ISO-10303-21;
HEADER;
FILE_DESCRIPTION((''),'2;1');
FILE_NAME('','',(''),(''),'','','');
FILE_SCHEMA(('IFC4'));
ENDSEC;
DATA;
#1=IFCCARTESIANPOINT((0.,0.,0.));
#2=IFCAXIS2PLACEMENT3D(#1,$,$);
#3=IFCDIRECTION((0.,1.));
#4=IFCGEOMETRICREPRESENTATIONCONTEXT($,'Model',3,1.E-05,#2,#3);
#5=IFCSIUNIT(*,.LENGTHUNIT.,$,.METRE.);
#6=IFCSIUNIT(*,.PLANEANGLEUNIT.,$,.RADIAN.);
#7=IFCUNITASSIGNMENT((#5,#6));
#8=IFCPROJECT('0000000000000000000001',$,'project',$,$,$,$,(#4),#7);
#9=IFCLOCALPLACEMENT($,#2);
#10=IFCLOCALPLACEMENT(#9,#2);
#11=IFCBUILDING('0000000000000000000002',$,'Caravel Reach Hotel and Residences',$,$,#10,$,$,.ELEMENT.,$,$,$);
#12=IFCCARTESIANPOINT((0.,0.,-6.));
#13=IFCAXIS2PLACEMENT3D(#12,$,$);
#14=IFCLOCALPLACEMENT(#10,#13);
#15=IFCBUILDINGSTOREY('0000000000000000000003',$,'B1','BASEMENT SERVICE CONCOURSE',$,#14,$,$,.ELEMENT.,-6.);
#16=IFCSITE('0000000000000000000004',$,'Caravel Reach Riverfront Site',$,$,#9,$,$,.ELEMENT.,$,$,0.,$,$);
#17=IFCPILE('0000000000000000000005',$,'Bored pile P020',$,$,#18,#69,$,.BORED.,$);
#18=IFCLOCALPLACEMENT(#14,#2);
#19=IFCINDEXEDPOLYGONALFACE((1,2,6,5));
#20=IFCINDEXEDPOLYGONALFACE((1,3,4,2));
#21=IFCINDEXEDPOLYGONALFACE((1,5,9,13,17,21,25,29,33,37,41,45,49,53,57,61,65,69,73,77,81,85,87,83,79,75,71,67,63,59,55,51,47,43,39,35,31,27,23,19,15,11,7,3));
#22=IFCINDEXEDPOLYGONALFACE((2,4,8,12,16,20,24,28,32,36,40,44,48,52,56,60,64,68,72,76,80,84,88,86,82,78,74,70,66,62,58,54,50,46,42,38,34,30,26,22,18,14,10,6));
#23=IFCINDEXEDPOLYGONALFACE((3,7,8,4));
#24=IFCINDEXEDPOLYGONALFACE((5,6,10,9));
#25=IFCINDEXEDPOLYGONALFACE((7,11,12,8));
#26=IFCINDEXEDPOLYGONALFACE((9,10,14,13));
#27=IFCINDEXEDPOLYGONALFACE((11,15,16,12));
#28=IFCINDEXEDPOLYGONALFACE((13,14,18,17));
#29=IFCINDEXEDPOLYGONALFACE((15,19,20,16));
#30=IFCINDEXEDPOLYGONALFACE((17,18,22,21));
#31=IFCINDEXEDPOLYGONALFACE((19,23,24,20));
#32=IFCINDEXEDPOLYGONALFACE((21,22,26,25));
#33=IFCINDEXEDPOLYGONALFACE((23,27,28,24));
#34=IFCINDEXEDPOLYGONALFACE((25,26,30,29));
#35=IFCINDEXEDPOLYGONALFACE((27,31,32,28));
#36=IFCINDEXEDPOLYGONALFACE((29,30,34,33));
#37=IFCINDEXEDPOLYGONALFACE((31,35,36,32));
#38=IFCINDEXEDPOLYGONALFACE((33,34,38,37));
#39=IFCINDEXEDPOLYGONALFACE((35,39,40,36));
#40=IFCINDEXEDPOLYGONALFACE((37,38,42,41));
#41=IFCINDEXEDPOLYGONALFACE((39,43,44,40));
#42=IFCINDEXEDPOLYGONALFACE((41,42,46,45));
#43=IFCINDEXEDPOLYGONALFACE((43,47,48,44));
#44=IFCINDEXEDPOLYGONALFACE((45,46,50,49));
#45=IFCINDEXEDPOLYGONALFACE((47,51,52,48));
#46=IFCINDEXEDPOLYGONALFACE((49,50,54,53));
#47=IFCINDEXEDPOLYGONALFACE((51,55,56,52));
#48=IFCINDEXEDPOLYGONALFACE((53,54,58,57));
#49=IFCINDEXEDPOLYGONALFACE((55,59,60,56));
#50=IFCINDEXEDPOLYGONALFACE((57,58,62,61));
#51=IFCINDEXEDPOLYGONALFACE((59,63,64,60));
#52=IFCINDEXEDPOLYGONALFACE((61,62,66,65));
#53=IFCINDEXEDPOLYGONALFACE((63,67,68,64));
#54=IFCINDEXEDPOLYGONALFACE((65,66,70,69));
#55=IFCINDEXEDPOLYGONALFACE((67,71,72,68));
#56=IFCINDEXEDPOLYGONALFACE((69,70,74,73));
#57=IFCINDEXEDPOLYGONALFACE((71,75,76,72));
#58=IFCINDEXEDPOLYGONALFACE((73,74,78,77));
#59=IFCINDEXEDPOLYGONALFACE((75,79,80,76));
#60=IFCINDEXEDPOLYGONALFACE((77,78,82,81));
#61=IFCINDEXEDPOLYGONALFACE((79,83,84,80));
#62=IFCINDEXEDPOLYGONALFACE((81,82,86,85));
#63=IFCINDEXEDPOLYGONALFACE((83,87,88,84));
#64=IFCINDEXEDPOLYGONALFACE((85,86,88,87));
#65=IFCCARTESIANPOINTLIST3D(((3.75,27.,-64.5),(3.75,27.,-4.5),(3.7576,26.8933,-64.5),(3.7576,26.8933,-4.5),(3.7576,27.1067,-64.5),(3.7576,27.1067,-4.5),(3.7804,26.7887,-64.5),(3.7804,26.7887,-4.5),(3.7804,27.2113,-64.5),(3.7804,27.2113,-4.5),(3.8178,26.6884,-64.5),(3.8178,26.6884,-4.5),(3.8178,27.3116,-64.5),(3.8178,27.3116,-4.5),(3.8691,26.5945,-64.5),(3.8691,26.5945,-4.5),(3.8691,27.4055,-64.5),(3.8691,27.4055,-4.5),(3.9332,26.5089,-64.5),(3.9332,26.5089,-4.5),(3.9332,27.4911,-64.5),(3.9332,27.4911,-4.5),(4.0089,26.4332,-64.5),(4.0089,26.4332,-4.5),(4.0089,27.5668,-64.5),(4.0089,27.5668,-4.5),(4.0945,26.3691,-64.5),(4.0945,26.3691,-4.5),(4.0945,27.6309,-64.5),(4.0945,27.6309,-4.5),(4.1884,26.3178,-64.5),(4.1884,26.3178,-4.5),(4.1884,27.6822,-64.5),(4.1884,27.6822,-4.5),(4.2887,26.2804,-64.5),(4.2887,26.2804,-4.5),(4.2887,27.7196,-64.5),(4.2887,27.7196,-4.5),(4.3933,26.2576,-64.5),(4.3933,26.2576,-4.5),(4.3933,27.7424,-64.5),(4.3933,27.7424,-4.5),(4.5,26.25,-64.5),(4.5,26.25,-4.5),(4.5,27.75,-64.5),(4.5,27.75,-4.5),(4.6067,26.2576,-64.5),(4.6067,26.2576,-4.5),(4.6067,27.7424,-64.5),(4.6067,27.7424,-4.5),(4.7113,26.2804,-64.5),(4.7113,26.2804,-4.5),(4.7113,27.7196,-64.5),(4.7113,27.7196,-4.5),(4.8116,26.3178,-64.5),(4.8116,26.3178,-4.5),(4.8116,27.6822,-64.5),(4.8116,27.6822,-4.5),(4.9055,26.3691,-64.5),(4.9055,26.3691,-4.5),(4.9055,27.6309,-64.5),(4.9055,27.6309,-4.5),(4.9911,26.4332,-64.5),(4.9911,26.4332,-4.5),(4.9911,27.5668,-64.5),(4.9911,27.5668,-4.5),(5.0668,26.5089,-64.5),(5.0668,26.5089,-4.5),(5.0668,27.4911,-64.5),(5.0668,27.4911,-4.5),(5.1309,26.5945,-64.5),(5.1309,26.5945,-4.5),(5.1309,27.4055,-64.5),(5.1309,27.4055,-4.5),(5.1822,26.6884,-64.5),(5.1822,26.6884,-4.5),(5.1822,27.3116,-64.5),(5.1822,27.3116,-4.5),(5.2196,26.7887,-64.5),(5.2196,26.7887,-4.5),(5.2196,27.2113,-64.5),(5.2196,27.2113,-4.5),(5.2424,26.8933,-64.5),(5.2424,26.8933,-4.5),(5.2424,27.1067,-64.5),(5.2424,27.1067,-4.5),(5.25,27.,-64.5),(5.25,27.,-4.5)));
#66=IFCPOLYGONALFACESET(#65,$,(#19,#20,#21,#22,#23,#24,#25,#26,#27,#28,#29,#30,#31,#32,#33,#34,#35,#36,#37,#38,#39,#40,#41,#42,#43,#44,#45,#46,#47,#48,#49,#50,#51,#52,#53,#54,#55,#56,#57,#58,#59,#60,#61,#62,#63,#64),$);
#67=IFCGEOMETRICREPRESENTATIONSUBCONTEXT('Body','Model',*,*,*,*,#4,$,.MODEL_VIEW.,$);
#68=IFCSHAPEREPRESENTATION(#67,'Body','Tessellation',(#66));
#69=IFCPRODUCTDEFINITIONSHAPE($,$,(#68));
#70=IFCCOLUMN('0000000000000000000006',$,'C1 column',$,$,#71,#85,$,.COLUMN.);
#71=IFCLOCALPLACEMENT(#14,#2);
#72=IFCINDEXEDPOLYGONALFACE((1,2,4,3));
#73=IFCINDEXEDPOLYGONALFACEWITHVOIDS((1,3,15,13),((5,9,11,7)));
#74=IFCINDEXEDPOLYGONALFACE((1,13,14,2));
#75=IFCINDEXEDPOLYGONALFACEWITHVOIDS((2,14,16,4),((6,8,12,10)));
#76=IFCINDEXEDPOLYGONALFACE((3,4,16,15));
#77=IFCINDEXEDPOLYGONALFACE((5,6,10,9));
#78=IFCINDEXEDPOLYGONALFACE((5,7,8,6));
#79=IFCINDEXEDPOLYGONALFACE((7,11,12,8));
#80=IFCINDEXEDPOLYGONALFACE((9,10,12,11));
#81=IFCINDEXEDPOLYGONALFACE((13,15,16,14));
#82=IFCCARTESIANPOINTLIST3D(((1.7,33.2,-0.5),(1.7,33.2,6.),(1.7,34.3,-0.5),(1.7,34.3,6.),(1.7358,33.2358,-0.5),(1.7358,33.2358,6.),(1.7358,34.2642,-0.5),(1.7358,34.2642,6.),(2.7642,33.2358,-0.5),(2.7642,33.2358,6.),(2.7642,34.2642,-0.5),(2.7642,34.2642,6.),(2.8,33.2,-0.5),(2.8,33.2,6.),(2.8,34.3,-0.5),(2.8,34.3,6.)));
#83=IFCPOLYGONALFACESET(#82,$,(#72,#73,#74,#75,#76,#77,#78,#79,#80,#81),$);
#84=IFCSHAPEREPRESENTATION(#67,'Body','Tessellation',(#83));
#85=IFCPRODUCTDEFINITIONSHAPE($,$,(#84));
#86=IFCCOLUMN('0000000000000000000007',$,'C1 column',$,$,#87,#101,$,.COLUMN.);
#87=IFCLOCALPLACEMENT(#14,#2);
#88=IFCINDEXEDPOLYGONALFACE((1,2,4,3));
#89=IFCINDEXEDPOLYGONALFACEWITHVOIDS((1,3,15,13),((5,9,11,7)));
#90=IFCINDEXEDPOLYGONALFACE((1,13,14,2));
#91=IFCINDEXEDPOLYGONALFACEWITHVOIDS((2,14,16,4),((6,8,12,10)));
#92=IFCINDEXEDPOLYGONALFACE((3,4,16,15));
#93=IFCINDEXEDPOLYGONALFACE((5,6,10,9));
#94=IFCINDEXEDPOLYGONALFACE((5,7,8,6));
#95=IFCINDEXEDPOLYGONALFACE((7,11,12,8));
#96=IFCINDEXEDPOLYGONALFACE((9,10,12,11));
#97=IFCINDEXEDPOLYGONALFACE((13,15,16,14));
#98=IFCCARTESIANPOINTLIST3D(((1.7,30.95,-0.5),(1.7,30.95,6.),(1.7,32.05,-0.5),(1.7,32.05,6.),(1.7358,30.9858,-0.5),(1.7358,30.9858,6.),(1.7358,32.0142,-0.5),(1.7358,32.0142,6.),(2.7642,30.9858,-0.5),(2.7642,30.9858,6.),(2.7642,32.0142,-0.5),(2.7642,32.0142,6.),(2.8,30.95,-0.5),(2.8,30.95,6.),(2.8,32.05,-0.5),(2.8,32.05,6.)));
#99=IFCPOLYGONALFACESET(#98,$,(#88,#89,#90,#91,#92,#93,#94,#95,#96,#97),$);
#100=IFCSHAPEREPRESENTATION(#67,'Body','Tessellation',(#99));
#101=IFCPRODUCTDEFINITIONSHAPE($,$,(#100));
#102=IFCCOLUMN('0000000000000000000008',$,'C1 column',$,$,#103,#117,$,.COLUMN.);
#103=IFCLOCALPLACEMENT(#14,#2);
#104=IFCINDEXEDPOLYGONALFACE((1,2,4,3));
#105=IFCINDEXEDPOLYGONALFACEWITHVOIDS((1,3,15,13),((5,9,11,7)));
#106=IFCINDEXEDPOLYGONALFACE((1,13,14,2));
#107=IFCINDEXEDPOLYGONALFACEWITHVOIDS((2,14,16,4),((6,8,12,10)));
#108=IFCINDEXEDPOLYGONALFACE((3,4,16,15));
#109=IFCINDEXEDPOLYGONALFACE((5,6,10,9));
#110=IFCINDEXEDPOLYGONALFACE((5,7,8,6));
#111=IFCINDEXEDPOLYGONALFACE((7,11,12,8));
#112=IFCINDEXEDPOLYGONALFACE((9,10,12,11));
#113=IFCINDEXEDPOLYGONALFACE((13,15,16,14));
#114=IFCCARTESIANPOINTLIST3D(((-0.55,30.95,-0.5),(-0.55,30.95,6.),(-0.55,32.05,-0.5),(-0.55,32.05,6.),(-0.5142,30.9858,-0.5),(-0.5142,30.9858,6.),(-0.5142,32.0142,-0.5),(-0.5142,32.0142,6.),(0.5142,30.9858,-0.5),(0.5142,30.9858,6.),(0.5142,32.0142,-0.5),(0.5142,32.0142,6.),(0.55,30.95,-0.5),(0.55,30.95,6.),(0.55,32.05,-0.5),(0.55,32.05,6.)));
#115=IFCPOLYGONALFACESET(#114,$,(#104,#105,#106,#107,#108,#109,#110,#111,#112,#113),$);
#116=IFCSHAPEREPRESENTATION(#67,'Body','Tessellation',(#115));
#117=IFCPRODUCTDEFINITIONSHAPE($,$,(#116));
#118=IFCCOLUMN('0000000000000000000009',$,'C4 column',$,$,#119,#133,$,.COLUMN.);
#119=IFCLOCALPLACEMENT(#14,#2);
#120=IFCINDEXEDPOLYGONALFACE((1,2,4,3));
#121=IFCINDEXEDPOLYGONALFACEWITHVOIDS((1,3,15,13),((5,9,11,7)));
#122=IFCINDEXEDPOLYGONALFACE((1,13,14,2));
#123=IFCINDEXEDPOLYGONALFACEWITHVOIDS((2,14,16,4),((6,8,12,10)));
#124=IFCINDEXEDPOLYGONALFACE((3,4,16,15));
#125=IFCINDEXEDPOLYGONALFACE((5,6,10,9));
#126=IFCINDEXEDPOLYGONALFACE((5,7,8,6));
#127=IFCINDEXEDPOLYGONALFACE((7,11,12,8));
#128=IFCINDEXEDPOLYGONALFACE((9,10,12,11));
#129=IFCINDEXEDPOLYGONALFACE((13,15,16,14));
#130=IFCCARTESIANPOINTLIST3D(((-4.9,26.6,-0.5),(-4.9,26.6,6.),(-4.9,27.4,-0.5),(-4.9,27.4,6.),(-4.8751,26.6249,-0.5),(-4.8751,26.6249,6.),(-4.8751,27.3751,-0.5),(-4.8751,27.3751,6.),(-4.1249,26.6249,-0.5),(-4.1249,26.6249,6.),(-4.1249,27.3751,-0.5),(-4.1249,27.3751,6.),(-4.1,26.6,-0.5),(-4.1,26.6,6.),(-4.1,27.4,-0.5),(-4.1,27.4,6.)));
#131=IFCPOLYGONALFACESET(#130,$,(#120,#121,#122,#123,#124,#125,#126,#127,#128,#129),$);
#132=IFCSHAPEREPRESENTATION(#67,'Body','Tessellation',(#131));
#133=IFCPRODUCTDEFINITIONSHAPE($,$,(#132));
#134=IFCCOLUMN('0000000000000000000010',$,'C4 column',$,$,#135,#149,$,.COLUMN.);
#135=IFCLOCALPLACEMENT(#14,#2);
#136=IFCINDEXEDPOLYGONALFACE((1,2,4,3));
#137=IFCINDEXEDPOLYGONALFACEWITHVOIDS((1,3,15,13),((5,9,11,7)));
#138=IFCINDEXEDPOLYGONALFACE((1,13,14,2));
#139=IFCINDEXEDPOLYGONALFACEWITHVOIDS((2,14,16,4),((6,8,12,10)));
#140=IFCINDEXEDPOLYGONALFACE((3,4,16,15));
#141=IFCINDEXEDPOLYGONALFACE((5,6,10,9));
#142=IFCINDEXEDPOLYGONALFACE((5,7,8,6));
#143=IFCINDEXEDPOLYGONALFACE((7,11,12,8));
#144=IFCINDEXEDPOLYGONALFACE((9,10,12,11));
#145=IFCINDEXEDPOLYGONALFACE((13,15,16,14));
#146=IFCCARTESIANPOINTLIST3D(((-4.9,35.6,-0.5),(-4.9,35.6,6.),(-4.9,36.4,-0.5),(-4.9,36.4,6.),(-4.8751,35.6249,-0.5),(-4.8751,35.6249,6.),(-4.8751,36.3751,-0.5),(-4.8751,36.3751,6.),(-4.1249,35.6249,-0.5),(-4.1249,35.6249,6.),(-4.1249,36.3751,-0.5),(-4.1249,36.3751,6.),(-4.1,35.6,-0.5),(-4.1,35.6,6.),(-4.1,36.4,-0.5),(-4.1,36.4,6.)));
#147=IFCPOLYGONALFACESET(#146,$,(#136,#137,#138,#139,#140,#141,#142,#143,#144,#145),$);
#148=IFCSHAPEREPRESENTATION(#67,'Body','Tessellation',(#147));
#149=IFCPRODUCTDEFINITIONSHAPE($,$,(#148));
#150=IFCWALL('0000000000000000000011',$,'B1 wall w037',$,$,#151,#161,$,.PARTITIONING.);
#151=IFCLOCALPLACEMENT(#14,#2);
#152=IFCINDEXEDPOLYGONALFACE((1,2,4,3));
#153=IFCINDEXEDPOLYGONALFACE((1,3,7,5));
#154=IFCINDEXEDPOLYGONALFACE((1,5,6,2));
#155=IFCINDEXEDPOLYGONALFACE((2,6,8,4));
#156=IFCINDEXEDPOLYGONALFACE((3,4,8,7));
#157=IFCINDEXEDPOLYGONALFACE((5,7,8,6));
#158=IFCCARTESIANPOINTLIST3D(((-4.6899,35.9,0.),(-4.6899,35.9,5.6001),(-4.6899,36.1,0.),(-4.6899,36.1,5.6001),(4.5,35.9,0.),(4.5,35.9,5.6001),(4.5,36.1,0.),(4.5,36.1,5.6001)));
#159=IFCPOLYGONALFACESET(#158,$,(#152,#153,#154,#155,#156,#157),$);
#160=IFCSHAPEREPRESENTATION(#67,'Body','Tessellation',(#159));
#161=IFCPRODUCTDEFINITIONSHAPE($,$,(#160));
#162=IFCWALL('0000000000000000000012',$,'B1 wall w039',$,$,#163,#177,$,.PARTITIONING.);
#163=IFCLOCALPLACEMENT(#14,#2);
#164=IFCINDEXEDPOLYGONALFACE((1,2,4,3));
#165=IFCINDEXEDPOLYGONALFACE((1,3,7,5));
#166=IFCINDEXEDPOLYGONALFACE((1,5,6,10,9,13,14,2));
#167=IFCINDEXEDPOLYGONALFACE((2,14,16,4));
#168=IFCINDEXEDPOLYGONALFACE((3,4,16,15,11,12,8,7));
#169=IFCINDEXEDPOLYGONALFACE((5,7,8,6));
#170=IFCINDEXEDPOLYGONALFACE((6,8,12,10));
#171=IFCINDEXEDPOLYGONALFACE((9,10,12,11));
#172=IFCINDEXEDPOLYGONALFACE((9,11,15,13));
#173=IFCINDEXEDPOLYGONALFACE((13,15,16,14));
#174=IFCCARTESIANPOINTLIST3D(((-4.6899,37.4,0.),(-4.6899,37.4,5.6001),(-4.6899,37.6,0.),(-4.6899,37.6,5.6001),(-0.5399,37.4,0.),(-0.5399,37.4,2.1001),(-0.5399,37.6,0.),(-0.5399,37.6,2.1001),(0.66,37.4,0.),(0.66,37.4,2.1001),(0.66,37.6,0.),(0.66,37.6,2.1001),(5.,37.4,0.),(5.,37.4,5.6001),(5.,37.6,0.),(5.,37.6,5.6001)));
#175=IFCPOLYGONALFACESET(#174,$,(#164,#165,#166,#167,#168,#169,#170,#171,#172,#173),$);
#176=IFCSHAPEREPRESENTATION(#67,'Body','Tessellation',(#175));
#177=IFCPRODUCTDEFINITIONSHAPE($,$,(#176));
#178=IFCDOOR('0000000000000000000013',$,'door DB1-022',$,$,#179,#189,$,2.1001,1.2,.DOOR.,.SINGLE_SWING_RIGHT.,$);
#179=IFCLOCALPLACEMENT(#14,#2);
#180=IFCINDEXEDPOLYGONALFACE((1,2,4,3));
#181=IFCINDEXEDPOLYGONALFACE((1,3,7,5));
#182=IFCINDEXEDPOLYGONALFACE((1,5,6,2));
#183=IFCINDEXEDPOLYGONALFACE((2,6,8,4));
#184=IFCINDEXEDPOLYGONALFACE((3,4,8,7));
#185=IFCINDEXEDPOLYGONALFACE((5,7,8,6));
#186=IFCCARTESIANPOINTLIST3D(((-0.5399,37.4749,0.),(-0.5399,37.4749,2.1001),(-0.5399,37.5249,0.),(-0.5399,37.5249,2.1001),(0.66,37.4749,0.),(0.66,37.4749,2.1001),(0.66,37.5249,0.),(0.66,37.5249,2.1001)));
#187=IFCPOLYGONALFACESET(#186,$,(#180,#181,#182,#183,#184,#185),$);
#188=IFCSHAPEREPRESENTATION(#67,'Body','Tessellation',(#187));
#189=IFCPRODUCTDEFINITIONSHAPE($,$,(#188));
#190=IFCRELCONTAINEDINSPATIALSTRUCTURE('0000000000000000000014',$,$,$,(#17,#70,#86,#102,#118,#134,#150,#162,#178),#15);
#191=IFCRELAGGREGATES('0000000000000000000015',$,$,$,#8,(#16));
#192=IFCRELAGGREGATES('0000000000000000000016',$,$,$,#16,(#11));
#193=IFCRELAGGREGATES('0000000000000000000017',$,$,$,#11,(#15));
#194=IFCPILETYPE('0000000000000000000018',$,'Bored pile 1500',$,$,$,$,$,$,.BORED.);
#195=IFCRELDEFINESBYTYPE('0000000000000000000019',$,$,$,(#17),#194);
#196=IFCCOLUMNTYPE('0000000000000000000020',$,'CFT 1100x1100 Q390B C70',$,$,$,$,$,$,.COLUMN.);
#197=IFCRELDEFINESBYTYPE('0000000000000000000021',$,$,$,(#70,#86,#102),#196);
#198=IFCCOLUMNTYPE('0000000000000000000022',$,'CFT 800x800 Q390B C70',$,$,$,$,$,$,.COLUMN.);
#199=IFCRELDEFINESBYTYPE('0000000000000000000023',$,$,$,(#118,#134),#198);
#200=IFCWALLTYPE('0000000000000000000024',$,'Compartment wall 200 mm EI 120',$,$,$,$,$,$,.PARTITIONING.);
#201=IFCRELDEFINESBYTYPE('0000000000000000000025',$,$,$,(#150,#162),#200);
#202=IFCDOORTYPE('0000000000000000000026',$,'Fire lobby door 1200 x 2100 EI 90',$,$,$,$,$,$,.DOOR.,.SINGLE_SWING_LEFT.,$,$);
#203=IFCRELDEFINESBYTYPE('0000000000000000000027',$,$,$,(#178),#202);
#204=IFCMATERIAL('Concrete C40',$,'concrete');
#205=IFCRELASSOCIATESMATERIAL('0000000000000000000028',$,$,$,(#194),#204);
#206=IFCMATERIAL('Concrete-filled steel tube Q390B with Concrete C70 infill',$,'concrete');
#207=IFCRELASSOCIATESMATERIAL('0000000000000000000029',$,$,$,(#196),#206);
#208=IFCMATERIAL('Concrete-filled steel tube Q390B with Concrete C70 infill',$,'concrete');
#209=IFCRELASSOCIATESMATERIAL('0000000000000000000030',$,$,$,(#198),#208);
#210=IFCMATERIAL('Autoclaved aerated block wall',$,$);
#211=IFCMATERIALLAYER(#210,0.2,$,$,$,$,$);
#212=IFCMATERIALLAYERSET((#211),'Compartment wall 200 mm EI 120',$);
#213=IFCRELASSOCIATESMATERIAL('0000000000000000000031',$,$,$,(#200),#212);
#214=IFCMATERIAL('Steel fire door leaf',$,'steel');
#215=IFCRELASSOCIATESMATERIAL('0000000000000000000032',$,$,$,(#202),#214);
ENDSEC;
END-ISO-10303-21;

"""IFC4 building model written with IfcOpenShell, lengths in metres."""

from ifc_helpers import new_model, si_unit, direction, frame, frame_2d, origin, origin_2d, place, context, subcontext, project, spatial, rectangle, hollow_rectangle, circle, extrude, material, layer, layer_set, material_profile, profile_set, type_object, element, fill, save


model = new_model("IFC4")

# Units and contexts
model_context = context("Model", 3, precision=1e-05, world=origin(), true_north=direction((0.0, 1.0)))
body_context = subcontext(model_context, "Body", "Model", "MODEL_VIEW")
ifc_project = project(units=[si_unit("LENGTHUNIT", "METRE"), si_unit("PLANEANGLEUNIT", "RADIAN")], contexts=[model_context])

# Site, building, storey
site_placement = place(None, origin())
site = spatial("IfcSite", under=ifc_project, at=site_placement, Name="Caravel Reach Riverfront Site", CompositionType="ELEMENT", RefElevation=0.0)
building_placement = place(site_placement, origin())
building = spatial("IfcBuilding", under=site, at=building_placement, Name="Caravel Reach Hotel and Residences", CompositionType="ELEMENT")
storey_placement = place(building_placement, frame((0.0, 0.0, -6.0)))
storey = spatial("IfcBuildingStorey", under=building, at=storey_placement, Name="B1", Description="BASEMENT SERVICE CONCOURSE", CompositionType="ELEMENT", Elevation=-6.0)

# Pile
ifc_material_1 = material(Name="Concrete C40", Category="concrete")
ifc_material_profile_1 = material_profile(ifc_material_1, circle(Radius=0.75, at=origin_2d()), Name="PILE 1500")
ifc_profile_set_1 = profile_set([ifc_material_profile_1], Name="Concrete C40")
pile_type_1 = type_object("IfcPileType", Name="Bored pile 1500", PredefinedType="BORED", material=ifc_profile_set_1)
for number, where, z_axis, x_axis, name in (
    (1, (4.5, 27.0, -4.5), (0.0, 0.0, -1.0), (1.0, 0.0, 0.0), "Bored pile P020"),
):
    element("IfcPile", number, at=place(storey_placement, frame(where, z_axis=z_axis, x_axis=x_axis)), inside=storey, type_object=pile_type_1, Name=name, PredefinedType="BORED", context=body_context, shape_type="SweptSolid", body=[
        extrude(circle(Radius=0.75, at=origin_2d()), origin(), (0.0, 0.0, 1.0), 60.0),
    ])

# Columns
ifc_material_2 = material(Name="Concrete-filled steel tube Q390B with Concrete C70 infill", Category="concrete")
ifc_material_profile_2 = material_profile(ifc_material_2, hollow_rectangle(XDim=1.1001, YDim=1.1001, WallThickness=0.0359, at=origin_2d()), Name="RHS 1100x1100x36")
ifc_profile_set_2 = profile_set([ifc_material_profile_2], Name="Concrete-filled steel tube Q390B with Concrete C70 infill")
column_type_1 = type_object("IfcColumnType", Name="CFT 1100x1100 Q390B C70", PredefinedType="COLUMN", material=ifc_profile_set_2)
for number, where, z_axis, x_axis, name in (
    (2, (2.25, 33.75, -0.5), (0.0, 0.0, 1.0), (1.0, 0.0, 0.0), "C1 column"),
    (3, (2.25, 31.5, -0.5), (0.0, 0.0, 1.0), (1.0, 0.0, 0.0), "C1 column"),
    (4, (0.0, 31.5, -0.5), (0.0, 0.0, 1.0), (1.0, 0.0, 0.0), "C1 column"),
):
    element("IfcColumn", number, at=place(storey_placement, frame(where, z_axis=z_axis, x_axis=x_axis)), inside=storey, type_object=column_type_1, Name=name, PredefinedType="COLUMN", context=body_context, shape_type="SweptSolid", body=[
        extrude(hollow_rectangle(XDim=1.1001, YDim=1.1001, WallThickness=0.0359, at=origin_2d()), origin(), (0.0, 0.0, 1.0), 6.5),
    ])
ifc_material_3 = material(Name="Concrete-filled steel tube Q390B with Concrete C70 infill", Category="concrete")
ifc_material_profile_3 = material_profile(ifc_material_3, hollow_rectangle(XDim=0.8, YDim=0.8, WallThickness=0.0249, at=origin_2d()), Name="RHS 800x800x25")
ifc_profile_set_3 = profile_set([ifc_material_profile_3], Name="Concrete-filled steel tube Q390B with Concrete C70 infill")
column_type_2 = type_object("IfcColumnType", Name="CFT 800x800 Q390B C70", PredefinedType="COLUMN", material=ifc_profile_set_3)
for number, where, z_axis, x_axis, name in (
    (5, (-4.5, 27.0, -0.5), (0.0, 0.0, 1.0), (1.0, 0.0, 0.0), "C4 column"),
    (6, (-4.5, 36.0, -0.5), (0.0, 0.0, 1.0), (1.0, 0.0, 0.0), "C4 column"),
):
    element("IfcColumn", number, at=place(storey_placement, frame(where, z_axis=z_axis, x_axis=x_axis)), inside=storey, type_object=column_type_2, Name=name, PredefinedType="COLUMN", context=body_context, shape_type="SweptSolid", body=[
        extrude(hollow_rectangle(XDim=0.8, YDim=0.8, WallThickness=0.0249, at=origin_2d()), origin(), (0.0, 0.0, 1.0), 6.5),
    ])

# Wall
ifc_material_4 = material(Name="Autoclaved aerated block wall")
ifc_layer_1 = layer(ifc_material_4, 0.2)
ifc_layer_set_1 = layer_set([ifc_layer_1], Name="Compartment wall 200 mm EI 120")
wall_type_1 = type_object("IfcWallType", Name="Compartment wall 200 mm EI 120", PredefinedType="PARTITIONING", material=ifc_layer_set_1)
wall_1_placement = place(storey_placement, frame((-4.6899, 36.0, 0.0), z_axis=(0.0, 0.0, 1.0), x_axis=(1.0, 0.0, 0.0)))
element("IfcWall", 7, at=wall_1_placement, inside=storey, type_object=wall_type_1, Name="B1 wall w037", PredefinedType="PARTITIONING", context=body_context, shape_type="SweptSolid", body=[
    extrude(rectangle(XDim=9.1899, YDim=0.2, at=frame_2d((4.595, 0.0))), origin(), (0.0, 0.0, 1.0), 5.6001),
])

# Wall, opening, door
wall_2_placement = place(storey_placement, frame((-4.6899, 37.5, 0.0), z_axis=(0.0, 0.0, 1.0), x_axis=(1.0, 0.0, 0.0)))
wall_2 = element("IfcWall", 8, at=wall_2_placement, inside=storey, type_object=wall_type_1, Name="B1 wall w039", PredefinedType="PARTITIONING", context=body_context, shape_type="SweptSolid", body=[
    extrude(rectangle(XDim=9.6899, YDim=0.2, at=frame_2d((4.845, 0.0))), origin(), (0.0, 0.0, 1.0), 5.6001),
])
opening_1_placement = place(wall_2_placement, frame((4.1499, 0.0, 0.0)))
opening_1 = element("IfcOpeningElement", 9, at=opening_1_placement, cuts=wall_2, PredefinedType="OPENING", context=body_context, shape_type="SweptSolid", body=[
    extrude(rectangle(XDim=1.2, YDim=2.1001, at=frame_2d((0.6001, 1.05))), frame((0.0, 0.1099, 0.0), z_axis=(0.0, -1.0, 0.0), x_axis=(1.0, 0.0, 0.0)), (0.0, 0.0, 1.0), 0.22),
])
ifc_material_5 = material(Name="Steel fire door leaf", Category="steel")
door_type_1 = type_object("IfcDoorType", Name="Fire lobby door 1200 x 2100 EI 90", OperationType="SINGLE_SWING_LEFT", PredefinedType="DOOR", material=ifc_material_5)
door_1_placement = place(opening_1_placement, origin())
door_1 = element("IfcDoor", 10, at=door_1_placement, inside=storey, type_object=door_type_1, Name="door DB1-022", OperationType="SINGLE_SWING_RIGHT", OverallHeight=2.1001, OverallWidth=1.2, PredefinedType="DOOR", context=body_context, shape_type="SweptSolid", body=[
    extrude(rectangle(XDim=1.2, YDim=2.1001, at=frame_2d((0.6001, 1.05))), frame((0.0, 0.0249, 0.0), z_axis=(0.0, -1.0, 0.0), x_axis=(1.0, 0.0, 0.0)), (0.0, 0.0, 1.0), 0.05),
])
fill(opening_1, door_1)

save(model, "model.ifc")
